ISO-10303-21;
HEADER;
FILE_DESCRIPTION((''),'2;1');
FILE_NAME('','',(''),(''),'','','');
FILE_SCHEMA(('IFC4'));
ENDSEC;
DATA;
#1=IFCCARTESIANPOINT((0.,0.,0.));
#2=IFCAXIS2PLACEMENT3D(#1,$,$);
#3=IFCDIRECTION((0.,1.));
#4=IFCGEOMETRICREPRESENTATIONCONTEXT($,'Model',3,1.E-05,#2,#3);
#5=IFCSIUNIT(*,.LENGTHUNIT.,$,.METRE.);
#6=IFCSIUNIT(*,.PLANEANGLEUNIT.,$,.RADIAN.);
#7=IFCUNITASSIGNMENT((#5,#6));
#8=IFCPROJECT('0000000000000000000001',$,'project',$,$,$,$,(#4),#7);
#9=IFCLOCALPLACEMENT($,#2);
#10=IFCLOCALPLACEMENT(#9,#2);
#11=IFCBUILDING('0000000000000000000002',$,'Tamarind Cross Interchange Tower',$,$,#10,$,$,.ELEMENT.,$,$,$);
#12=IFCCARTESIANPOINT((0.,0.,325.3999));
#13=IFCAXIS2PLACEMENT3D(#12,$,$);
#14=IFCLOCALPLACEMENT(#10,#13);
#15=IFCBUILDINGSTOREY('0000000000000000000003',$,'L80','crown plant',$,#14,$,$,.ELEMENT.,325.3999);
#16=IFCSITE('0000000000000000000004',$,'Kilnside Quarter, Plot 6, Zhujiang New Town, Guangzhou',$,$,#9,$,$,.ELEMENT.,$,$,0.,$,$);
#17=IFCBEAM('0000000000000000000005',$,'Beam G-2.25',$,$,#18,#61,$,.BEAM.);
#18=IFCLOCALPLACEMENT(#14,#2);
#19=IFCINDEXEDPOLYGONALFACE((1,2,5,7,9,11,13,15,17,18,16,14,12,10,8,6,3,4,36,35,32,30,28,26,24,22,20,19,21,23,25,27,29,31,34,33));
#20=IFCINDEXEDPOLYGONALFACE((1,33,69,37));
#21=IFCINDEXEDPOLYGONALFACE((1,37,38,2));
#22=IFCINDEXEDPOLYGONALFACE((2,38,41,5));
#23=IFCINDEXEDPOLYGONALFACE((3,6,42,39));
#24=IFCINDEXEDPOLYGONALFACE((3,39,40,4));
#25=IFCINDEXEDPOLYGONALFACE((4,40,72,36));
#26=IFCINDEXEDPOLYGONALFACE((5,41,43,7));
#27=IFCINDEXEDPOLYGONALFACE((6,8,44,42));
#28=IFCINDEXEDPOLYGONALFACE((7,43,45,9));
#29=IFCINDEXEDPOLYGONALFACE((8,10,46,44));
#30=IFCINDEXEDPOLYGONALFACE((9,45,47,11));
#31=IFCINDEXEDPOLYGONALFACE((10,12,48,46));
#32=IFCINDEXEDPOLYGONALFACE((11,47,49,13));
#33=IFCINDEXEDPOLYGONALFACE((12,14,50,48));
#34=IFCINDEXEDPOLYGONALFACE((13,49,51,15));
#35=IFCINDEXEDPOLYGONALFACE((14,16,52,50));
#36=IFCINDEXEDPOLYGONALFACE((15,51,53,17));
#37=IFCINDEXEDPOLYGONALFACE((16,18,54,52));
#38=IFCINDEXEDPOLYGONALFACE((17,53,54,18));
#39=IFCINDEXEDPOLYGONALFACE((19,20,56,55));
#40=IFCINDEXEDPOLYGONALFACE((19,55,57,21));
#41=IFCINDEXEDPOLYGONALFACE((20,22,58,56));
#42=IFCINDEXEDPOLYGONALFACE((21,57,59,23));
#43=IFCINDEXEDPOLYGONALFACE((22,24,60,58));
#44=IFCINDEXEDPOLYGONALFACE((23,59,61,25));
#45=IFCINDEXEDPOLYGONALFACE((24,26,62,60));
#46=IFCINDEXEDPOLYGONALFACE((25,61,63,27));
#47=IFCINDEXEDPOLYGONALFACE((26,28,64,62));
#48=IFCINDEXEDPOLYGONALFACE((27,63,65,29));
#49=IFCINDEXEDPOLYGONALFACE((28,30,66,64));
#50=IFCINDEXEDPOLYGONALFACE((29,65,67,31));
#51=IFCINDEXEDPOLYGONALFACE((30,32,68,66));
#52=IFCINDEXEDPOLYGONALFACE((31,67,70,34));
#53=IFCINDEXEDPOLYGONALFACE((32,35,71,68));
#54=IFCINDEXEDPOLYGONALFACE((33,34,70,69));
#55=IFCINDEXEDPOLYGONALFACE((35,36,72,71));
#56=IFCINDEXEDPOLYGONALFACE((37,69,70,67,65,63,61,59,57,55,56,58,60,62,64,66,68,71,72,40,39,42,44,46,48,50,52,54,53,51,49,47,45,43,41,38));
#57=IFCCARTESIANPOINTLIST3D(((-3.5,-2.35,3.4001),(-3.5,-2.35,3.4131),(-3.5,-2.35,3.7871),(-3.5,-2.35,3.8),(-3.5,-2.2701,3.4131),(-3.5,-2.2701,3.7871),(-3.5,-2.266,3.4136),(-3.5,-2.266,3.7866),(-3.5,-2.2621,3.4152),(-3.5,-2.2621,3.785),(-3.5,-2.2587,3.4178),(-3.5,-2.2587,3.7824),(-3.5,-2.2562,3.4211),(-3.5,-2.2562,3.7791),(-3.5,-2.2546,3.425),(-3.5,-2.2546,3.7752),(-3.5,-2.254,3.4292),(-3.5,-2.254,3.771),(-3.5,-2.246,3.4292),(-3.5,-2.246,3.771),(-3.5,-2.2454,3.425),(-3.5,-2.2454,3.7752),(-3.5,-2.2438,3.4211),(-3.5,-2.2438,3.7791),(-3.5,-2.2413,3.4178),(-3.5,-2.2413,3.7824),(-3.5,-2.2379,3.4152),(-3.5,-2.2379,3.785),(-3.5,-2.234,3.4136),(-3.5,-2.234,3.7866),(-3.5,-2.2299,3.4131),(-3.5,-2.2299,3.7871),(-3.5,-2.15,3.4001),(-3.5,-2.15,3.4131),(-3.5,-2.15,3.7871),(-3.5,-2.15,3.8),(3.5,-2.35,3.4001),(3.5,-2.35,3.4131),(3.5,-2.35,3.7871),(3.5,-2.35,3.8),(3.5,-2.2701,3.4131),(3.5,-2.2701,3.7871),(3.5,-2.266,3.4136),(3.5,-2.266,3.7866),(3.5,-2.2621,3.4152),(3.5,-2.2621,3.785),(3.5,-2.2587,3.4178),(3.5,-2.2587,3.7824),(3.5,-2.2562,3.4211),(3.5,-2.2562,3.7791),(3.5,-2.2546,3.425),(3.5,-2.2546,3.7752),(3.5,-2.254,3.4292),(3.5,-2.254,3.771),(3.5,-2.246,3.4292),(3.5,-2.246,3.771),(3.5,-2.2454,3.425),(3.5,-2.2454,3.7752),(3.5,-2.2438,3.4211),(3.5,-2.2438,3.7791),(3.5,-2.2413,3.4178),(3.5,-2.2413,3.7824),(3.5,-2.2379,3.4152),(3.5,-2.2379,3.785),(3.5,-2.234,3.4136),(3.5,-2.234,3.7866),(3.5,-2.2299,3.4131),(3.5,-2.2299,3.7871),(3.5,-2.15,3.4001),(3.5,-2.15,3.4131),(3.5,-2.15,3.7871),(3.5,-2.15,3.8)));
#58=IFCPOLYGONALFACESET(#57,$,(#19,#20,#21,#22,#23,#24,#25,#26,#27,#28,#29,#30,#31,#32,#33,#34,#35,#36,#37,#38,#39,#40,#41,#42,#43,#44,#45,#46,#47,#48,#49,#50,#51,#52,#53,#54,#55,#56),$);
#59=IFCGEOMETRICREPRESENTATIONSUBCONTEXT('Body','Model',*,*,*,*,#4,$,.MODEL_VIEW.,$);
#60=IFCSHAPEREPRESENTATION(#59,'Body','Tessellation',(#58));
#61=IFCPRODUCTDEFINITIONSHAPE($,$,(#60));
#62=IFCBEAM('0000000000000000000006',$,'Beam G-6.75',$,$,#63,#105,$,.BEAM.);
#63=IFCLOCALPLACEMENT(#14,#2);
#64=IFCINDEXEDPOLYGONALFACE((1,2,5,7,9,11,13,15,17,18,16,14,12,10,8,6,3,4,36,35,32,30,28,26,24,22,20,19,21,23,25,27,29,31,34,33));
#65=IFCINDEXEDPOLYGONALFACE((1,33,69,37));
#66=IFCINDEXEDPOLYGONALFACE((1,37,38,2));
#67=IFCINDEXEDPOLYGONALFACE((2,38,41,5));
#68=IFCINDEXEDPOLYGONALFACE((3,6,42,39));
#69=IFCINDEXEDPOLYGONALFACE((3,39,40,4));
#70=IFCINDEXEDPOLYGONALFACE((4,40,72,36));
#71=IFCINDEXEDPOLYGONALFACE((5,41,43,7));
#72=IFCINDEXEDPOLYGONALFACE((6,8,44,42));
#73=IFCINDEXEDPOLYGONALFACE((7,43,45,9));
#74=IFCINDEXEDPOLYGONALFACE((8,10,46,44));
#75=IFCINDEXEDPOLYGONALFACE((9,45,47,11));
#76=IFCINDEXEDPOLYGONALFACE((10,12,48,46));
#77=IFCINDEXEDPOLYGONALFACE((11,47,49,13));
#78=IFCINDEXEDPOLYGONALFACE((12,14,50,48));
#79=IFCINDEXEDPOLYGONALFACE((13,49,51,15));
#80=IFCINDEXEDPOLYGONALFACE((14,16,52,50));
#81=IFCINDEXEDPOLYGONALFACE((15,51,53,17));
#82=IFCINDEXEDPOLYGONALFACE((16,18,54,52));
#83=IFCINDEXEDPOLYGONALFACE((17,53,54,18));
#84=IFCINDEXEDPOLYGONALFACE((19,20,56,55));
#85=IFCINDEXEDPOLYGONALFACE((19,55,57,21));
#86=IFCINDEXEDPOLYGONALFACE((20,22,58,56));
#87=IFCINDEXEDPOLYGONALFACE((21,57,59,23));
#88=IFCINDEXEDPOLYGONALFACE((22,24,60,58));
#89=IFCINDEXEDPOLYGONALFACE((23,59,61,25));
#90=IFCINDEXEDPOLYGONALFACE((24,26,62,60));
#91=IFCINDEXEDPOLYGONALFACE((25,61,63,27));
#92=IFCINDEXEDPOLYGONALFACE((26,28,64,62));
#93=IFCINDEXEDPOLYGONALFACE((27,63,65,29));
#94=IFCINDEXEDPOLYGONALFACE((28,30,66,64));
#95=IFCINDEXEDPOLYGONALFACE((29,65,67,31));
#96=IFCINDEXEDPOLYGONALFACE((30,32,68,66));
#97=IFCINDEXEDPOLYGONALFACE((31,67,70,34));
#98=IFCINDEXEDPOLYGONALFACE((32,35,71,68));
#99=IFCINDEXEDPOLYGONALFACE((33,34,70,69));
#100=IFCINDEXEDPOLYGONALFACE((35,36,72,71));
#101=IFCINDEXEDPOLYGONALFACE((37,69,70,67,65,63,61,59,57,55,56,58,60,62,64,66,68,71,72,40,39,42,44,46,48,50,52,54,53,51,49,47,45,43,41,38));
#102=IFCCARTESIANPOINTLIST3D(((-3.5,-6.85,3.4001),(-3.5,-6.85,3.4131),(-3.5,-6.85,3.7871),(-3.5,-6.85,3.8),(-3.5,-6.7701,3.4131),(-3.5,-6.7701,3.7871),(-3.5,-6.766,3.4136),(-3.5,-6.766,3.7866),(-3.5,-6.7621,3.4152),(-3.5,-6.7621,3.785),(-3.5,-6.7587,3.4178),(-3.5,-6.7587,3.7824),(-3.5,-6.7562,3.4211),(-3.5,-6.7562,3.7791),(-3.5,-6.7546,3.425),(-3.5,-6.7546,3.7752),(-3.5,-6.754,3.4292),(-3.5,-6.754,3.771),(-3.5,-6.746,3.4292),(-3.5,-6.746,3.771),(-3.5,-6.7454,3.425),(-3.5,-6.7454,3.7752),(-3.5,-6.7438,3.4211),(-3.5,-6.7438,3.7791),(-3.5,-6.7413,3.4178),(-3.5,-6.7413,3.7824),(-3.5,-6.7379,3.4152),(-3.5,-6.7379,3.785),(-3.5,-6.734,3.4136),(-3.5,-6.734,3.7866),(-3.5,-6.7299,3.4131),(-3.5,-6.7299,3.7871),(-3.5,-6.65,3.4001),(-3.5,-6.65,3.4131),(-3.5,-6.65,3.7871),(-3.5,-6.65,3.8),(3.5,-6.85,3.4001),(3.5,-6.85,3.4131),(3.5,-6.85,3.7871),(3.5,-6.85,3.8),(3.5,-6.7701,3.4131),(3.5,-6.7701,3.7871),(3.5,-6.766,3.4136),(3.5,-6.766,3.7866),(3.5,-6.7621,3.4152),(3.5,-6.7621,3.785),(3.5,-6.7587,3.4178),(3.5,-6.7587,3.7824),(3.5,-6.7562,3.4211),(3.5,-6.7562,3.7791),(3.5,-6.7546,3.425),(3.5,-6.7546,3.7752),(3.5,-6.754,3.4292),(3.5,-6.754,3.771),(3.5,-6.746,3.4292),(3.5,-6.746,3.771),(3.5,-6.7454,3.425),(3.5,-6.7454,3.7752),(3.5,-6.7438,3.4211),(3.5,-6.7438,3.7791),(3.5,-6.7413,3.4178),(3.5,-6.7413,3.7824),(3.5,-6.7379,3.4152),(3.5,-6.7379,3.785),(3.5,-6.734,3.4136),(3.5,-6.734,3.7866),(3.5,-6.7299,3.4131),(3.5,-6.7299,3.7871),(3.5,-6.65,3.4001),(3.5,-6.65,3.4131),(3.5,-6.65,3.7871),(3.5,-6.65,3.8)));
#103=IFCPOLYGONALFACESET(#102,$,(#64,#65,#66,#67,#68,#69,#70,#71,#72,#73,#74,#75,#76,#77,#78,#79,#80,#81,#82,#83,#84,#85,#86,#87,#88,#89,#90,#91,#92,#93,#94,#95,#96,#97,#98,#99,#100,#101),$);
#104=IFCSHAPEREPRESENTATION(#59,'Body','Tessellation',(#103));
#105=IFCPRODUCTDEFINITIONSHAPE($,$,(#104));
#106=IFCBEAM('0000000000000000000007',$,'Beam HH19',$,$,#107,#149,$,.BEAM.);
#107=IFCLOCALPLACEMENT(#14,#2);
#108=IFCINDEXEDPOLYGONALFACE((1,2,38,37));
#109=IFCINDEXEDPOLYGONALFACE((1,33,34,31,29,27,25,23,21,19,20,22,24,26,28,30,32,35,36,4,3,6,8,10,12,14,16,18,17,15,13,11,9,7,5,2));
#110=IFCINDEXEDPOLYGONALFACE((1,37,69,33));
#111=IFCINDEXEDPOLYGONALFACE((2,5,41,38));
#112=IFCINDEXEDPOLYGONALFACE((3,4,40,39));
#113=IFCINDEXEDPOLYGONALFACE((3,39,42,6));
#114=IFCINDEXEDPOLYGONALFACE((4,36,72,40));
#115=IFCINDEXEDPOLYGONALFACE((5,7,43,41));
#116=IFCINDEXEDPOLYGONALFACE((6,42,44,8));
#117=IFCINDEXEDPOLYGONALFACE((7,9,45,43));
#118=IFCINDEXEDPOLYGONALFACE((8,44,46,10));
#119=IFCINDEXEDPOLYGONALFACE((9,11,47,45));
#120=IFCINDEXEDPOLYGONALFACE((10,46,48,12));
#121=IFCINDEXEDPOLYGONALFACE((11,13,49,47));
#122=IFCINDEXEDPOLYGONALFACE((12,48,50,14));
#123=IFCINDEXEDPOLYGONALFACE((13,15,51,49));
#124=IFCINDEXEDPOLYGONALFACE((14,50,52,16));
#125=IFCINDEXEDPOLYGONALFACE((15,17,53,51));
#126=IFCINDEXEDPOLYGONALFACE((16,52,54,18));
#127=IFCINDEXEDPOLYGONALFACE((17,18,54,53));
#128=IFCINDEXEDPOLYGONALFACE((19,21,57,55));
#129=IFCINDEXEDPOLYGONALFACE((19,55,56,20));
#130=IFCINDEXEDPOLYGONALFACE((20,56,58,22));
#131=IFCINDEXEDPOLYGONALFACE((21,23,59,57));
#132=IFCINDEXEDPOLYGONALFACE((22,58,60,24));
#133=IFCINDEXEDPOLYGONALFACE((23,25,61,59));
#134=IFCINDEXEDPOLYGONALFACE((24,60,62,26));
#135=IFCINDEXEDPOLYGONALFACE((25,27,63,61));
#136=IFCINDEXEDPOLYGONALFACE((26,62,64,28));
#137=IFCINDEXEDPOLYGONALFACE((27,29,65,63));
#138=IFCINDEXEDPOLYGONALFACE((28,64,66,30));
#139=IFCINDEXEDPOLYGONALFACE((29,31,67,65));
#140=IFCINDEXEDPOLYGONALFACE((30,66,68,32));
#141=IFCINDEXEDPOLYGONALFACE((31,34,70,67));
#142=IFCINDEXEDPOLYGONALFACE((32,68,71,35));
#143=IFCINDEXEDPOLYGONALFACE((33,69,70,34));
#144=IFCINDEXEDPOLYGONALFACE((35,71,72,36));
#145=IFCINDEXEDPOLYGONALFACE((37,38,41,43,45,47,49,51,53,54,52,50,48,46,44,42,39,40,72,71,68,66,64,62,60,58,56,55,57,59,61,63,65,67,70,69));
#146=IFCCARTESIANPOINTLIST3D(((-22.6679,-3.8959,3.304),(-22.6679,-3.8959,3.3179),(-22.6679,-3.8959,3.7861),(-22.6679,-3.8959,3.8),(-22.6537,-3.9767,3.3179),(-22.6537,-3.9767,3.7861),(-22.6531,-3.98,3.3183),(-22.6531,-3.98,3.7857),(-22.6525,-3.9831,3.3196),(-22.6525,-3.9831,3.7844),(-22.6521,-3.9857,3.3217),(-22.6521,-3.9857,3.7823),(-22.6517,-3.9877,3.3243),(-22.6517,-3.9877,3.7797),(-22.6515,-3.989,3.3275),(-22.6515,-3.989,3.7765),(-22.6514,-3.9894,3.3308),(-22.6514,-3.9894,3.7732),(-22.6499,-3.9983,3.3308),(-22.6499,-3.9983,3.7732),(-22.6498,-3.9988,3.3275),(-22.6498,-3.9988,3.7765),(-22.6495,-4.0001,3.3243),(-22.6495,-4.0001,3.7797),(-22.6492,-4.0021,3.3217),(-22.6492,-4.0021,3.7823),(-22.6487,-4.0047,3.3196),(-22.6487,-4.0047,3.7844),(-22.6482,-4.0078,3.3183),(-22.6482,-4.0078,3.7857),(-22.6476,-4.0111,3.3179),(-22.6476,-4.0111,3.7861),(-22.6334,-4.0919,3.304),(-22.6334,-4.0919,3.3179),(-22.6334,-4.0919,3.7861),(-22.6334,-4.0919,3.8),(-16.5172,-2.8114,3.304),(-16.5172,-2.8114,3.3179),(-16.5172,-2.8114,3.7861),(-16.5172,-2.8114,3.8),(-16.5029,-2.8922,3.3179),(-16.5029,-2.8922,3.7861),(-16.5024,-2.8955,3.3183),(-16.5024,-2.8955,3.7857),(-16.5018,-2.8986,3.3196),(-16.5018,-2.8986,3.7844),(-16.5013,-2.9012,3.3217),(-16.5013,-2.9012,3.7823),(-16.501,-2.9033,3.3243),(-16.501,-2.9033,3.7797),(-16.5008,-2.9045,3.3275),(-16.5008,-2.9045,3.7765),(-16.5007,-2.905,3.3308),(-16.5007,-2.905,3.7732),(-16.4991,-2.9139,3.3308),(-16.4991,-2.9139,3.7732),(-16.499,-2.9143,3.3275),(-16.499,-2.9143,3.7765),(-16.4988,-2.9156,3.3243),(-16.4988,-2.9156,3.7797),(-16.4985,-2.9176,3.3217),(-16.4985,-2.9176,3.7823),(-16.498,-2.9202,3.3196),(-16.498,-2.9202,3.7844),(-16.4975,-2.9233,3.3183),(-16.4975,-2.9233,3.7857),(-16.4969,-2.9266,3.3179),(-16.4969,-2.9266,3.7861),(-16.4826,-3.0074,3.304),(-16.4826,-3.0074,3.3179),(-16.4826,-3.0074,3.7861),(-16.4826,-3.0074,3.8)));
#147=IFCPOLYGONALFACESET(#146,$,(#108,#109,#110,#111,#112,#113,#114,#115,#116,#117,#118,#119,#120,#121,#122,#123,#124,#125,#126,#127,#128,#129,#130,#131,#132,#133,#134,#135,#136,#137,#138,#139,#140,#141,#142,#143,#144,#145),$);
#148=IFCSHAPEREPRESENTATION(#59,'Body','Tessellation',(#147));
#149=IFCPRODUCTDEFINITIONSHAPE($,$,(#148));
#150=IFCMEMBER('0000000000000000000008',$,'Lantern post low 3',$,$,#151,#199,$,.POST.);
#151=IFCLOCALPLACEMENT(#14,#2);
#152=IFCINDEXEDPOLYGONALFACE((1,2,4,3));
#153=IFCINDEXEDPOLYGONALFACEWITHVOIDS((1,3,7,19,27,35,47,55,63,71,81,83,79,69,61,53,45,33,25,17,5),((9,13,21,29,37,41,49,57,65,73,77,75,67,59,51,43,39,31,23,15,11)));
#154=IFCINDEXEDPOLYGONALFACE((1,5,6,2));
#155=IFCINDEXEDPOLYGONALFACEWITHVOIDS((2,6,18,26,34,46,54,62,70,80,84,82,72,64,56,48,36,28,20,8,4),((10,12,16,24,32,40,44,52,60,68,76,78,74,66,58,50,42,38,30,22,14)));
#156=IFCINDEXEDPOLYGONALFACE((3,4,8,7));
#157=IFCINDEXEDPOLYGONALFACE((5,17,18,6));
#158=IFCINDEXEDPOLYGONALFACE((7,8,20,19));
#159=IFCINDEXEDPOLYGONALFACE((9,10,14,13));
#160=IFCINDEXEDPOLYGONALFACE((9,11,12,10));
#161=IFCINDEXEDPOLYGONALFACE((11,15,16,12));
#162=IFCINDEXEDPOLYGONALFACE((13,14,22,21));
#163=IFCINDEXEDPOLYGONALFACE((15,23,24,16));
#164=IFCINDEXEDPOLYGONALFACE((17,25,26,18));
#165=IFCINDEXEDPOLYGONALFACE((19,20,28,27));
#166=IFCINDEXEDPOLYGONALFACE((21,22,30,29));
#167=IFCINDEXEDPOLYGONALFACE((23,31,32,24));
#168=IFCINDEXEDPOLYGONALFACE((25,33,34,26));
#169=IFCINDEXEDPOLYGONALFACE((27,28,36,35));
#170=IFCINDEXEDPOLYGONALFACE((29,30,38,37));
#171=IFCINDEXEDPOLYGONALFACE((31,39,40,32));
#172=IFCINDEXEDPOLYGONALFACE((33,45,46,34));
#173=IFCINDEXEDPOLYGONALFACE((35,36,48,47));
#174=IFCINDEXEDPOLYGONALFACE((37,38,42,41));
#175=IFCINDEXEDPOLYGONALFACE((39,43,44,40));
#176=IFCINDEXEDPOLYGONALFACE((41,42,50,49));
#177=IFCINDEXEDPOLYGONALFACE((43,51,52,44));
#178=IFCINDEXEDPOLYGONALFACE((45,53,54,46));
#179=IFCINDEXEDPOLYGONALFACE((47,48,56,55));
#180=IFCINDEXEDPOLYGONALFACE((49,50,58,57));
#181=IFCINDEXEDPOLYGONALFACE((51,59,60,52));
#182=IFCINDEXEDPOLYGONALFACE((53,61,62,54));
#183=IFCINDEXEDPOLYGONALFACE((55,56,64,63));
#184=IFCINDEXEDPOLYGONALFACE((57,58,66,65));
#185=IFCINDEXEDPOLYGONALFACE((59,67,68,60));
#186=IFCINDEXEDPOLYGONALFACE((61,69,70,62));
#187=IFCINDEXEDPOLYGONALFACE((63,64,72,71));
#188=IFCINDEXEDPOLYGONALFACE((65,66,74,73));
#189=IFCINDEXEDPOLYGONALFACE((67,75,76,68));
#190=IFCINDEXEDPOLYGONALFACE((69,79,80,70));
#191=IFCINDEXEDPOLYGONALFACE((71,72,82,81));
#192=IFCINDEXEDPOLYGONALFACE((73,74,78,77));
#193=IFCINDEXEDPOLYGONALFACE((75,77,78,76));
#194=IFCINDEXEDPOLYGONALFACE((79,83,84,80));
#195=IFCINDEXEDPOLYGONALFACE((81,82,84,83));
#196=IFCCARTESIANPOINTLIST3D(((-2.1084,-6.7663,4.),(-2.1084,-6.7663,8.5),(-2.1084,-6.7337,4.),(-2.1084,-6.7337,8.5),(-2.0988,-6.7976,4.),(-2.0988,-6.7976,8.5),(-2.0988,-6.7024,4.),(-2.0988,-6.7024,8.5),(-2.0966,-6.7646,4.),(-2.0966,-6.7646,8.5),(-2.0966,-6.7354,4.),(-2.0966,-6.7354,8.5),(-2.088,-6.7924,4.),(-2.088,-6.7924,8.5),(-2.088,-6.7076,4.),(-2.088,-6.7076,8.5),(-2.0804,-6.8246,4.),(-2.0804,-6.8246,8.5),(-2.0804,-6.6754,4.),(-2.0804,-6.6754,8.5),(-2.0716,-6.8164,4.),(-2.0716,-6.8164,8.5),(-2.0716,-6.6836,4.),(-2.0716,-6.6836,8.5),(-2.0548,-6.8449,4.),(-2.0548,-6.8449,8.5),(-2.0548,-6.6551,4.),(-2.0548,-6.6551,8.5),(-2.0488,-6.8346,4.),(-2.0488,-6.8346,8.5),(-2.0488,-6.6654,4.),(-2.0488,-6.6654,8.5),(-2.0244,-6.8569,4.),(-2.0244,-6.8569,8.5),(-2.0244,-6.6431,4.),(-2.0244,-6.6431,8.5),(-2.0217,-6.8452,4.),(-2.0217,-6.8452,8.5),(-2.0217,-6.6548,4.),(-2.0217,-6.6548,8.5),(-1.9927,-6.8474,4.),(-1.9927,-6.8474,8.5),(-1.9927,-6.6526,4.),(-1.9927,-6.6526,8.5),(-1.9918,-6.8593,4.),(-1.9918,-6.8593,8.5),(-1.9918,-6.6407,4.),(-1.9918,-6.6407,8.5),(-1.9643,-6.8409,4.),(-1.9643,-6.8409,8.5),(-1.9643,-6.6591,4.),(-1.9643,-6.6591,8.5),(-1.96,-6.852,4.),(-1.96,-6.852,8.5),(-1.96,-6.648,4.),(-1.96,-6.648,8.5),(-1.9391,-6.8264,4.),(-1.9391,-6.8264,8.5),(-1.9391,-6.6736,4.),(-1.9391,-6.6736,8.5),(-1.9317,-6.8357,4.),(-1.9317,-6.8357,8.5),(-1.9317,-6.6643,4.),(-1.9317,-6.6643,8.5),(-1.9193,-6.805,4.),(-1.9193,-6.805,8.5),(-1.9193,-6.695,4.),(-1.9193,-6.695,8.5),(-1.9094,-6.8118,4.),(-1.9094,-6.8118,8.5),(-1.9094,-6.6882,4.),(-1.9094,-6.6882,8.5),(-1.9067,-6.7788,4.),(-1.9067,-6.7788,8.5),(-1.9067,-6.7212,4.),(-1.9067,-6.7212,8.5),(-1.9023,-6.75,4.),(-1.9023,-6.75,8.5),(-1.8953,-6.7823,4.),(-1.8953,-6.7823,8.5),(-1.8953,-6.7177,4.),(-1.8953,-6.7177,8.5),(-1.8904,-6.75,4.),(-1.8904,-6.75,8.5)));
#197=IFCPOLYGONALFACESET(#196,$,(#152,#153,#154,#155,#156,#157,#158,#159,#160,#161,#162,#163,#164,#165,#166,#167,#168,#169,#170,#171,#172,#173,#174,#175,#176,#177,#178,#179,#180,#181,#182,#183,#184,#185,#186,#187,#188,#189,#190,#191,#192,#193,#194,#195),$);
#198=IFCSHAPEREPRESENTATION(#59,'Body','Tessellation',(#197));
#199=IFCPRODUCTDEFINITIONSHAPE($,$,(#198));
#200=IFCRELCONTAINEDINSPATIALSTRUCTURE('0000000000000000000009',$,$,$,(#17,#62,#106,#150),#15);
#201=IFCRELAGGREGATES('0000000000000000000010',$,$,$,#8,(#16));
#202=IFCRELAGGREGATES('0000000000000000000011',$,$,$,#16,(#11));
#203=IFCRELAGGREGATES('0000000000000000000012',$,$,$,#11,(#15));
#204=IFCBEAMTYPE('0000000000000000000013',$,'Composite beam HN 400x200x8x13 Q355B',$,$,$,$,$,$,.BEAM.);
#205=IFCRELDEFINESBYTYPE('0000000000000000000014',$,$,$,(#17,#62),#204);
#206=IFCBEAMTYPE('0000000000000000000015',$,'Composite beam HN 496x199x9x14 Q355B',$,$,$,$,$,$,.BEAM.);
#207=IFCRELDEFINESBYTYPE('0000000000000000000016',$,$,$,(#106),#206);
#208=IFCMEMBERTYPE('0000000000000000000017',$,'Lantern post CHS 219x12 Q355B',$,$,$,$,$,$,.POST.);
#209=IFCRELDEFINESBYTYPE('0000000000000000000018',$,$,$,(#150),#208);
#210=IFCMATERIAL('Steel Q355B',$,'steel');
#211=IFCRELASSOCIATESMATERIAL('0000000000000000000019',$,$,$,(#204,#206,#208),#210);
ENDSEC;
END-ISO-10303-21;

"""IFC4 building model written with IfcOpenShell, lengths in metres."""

from ifc_helpers import new_model, si_unit, direction, frame, origin, origin_2d, place, context, subcontext, project, spatial, hollow_circle, i_section, extrude, material, material_profile, profile_set, type_object, element, save


model = new_model("IFC4")

# Units and contexts
model_context = context("Model", 3, precision=1e-05, world=origin(), true_north=direction((0.0, 1.0)))
body_context = subcontext(model_context, "Body", "Model", "MODEL_VIEW")
ifc_project = project(units=[si_unit("LENGTHUNIT", "METRE"), si_unit("PLANEANGLEUNIT", "RADIAN")], contexts=[model_context])

# Site, building, storey
site_placement = place(None, origin())
site = spatial("IfcSite", under=ifc_project, at=site_placement, Name="Kilnside Quarter, Plot 6, Zhujiang New Town, Guangzhou", CompositionType="ELEMENT", RefElevation=0.0)
building_placement = place(site_placement, origin())
building = spatial("IfcBuilding", under=site, at=building_placement, Name="Tamarind Cross Interchange Tower", CompositionType="ELEMENT")
storey_placement = place(building_placement, frame((0.0, 0.0, 325.3999)))
storey = spatial("IfcBuildingStorey", under=building, at=storey_placement, Name="L80", Description="crown plant", CompositionType="ELEMENT", Elevation=325.3999)

# Beams
ifc_material_1 = material(Name="Steel Q355B", Category="steel")
ifc_material_profile_1 = material_profile(ifc_material_1, i_section(OverallWidth=0.2, OverallDepth=0.3999, WebThickness=0.0081, FlangeThickness=0.0129, FilletRadius=0.0161, at=origin_2d()), Name="HN 400x200x8x13")
ifc_profile_set_1 = profile_set([ifc_material_profile_1], Name="Steel Q355B")
beam_type_1 = type_object("IfcBeamType", Name="Composite beam HN 400x200x8x13 Q355B", PredefinedType="BEAM", material=ifc_profile_set_1)
for number, where, z_axis, x_axis, name in (
    (1, (-3.5, -2.25, 3.6001), (1.0, 0.0, 0.0), (0.0, 1.0, 0.0), "Beam G-2.25"),
    (2, (-3.5, -6.75, 3.6001), (1.0, 0.0, 0.0), (0.0, 1.0, 0.0), "Beam G-6.75"),
):
    element("IfcBeam", number, at=place(storey_placement, frame(where, z_axis=z_axis, x_axis=x_axis)), inside=storey, type_object=beam_type_1, Name=name, PredefinedType="BEAM", context=body_context, shape_type="SweptSolid", body=[
        extrude(i_section(OverallWidth=0.2, OverallDepth=0.3999, WebThickness=0.0081, FlangeThickness=0.0129, FilletRadius=0.0161, at=origin_2d()), origin(), (0.0, 0.0, 1.0), 7.0),
    ])
ifc_material_profile_2 = material_profile(ifc_material_1, i_section(OverallWidth=0.199, OverallDepth=0.4961, WebThickness=0.009, FlangeThickness=0.0139, FilletRadius=0.0129, at=origin_2d()), Name="HN 496x199x9x14")
ifc_profile_set_2 = profile_set([ifc_material_profile_2], Name="Steel Q355B")
beam_type_2 = type_object("IfcBeamType", Name="Composite beam HN 496x199x9x14 Q355B", PredefinedType="BEAM", material=ifc_profile_set_2)
beam_placement = place(storey_placement, frame((-22.6506, -3.9939, 3.552), z_axis=(0.984809, 0.17364, 0.0), x_axis=(-0.17364, 0.984809, 0.0)))
element("IfcBeam", 3, at=beam_placement, inside=storey, type_object=beam_type_2, Name="Beam HH19", PredefinedType="BEAM", context=body_context, shape_type="SweptSolid", body=[
    extrude(i_section(OverallWidth=0.199, OverallDepth=0.4961, WebThickness=0.009, FlangeThickness=0.0139, FilletRadius=0.0129, at=origin_2d()), origin(), (0.0, 0.0, 1.0), 6.2456),
])

# Member
ifc_material_profile_3 = material_profile(ifc_material_1, hollow_circle(Radius=0.1096, WallThickness=0.012, at=origin_2d()), Name="CHS 219x12")
ifc_profile_set_3 = profile_set([ifc_material_profile_3], Name="Steel Q355B")
member_type_1 = type_object("IfcMemberType", Name="Lantern post CHS 219x12 Q355B", PredefinedType="POST", material=ifc_profile_set_3)
member_1_placement = place(storey_placement, frame((-2.0, -6.75, 4.0), z_axis=(0.0, 0.0, 1.0), x_axis=(1.0, 0.0, 0.0)))
element("IfcMember", 4, at=member_1_placement, inside=storey, type_object=member_type_1, Name="Lantern post low 3", PredefinedType="POST", context=body_context, shape_type="SweptSolid", body=[
    extrude(hollow_circle(Radius=0.1096, WallThickness=0.012, at=origin_2d()), origin(), (0.0, 0.0, 1.0), 4.5),
])

save(model, "model.ifc")
